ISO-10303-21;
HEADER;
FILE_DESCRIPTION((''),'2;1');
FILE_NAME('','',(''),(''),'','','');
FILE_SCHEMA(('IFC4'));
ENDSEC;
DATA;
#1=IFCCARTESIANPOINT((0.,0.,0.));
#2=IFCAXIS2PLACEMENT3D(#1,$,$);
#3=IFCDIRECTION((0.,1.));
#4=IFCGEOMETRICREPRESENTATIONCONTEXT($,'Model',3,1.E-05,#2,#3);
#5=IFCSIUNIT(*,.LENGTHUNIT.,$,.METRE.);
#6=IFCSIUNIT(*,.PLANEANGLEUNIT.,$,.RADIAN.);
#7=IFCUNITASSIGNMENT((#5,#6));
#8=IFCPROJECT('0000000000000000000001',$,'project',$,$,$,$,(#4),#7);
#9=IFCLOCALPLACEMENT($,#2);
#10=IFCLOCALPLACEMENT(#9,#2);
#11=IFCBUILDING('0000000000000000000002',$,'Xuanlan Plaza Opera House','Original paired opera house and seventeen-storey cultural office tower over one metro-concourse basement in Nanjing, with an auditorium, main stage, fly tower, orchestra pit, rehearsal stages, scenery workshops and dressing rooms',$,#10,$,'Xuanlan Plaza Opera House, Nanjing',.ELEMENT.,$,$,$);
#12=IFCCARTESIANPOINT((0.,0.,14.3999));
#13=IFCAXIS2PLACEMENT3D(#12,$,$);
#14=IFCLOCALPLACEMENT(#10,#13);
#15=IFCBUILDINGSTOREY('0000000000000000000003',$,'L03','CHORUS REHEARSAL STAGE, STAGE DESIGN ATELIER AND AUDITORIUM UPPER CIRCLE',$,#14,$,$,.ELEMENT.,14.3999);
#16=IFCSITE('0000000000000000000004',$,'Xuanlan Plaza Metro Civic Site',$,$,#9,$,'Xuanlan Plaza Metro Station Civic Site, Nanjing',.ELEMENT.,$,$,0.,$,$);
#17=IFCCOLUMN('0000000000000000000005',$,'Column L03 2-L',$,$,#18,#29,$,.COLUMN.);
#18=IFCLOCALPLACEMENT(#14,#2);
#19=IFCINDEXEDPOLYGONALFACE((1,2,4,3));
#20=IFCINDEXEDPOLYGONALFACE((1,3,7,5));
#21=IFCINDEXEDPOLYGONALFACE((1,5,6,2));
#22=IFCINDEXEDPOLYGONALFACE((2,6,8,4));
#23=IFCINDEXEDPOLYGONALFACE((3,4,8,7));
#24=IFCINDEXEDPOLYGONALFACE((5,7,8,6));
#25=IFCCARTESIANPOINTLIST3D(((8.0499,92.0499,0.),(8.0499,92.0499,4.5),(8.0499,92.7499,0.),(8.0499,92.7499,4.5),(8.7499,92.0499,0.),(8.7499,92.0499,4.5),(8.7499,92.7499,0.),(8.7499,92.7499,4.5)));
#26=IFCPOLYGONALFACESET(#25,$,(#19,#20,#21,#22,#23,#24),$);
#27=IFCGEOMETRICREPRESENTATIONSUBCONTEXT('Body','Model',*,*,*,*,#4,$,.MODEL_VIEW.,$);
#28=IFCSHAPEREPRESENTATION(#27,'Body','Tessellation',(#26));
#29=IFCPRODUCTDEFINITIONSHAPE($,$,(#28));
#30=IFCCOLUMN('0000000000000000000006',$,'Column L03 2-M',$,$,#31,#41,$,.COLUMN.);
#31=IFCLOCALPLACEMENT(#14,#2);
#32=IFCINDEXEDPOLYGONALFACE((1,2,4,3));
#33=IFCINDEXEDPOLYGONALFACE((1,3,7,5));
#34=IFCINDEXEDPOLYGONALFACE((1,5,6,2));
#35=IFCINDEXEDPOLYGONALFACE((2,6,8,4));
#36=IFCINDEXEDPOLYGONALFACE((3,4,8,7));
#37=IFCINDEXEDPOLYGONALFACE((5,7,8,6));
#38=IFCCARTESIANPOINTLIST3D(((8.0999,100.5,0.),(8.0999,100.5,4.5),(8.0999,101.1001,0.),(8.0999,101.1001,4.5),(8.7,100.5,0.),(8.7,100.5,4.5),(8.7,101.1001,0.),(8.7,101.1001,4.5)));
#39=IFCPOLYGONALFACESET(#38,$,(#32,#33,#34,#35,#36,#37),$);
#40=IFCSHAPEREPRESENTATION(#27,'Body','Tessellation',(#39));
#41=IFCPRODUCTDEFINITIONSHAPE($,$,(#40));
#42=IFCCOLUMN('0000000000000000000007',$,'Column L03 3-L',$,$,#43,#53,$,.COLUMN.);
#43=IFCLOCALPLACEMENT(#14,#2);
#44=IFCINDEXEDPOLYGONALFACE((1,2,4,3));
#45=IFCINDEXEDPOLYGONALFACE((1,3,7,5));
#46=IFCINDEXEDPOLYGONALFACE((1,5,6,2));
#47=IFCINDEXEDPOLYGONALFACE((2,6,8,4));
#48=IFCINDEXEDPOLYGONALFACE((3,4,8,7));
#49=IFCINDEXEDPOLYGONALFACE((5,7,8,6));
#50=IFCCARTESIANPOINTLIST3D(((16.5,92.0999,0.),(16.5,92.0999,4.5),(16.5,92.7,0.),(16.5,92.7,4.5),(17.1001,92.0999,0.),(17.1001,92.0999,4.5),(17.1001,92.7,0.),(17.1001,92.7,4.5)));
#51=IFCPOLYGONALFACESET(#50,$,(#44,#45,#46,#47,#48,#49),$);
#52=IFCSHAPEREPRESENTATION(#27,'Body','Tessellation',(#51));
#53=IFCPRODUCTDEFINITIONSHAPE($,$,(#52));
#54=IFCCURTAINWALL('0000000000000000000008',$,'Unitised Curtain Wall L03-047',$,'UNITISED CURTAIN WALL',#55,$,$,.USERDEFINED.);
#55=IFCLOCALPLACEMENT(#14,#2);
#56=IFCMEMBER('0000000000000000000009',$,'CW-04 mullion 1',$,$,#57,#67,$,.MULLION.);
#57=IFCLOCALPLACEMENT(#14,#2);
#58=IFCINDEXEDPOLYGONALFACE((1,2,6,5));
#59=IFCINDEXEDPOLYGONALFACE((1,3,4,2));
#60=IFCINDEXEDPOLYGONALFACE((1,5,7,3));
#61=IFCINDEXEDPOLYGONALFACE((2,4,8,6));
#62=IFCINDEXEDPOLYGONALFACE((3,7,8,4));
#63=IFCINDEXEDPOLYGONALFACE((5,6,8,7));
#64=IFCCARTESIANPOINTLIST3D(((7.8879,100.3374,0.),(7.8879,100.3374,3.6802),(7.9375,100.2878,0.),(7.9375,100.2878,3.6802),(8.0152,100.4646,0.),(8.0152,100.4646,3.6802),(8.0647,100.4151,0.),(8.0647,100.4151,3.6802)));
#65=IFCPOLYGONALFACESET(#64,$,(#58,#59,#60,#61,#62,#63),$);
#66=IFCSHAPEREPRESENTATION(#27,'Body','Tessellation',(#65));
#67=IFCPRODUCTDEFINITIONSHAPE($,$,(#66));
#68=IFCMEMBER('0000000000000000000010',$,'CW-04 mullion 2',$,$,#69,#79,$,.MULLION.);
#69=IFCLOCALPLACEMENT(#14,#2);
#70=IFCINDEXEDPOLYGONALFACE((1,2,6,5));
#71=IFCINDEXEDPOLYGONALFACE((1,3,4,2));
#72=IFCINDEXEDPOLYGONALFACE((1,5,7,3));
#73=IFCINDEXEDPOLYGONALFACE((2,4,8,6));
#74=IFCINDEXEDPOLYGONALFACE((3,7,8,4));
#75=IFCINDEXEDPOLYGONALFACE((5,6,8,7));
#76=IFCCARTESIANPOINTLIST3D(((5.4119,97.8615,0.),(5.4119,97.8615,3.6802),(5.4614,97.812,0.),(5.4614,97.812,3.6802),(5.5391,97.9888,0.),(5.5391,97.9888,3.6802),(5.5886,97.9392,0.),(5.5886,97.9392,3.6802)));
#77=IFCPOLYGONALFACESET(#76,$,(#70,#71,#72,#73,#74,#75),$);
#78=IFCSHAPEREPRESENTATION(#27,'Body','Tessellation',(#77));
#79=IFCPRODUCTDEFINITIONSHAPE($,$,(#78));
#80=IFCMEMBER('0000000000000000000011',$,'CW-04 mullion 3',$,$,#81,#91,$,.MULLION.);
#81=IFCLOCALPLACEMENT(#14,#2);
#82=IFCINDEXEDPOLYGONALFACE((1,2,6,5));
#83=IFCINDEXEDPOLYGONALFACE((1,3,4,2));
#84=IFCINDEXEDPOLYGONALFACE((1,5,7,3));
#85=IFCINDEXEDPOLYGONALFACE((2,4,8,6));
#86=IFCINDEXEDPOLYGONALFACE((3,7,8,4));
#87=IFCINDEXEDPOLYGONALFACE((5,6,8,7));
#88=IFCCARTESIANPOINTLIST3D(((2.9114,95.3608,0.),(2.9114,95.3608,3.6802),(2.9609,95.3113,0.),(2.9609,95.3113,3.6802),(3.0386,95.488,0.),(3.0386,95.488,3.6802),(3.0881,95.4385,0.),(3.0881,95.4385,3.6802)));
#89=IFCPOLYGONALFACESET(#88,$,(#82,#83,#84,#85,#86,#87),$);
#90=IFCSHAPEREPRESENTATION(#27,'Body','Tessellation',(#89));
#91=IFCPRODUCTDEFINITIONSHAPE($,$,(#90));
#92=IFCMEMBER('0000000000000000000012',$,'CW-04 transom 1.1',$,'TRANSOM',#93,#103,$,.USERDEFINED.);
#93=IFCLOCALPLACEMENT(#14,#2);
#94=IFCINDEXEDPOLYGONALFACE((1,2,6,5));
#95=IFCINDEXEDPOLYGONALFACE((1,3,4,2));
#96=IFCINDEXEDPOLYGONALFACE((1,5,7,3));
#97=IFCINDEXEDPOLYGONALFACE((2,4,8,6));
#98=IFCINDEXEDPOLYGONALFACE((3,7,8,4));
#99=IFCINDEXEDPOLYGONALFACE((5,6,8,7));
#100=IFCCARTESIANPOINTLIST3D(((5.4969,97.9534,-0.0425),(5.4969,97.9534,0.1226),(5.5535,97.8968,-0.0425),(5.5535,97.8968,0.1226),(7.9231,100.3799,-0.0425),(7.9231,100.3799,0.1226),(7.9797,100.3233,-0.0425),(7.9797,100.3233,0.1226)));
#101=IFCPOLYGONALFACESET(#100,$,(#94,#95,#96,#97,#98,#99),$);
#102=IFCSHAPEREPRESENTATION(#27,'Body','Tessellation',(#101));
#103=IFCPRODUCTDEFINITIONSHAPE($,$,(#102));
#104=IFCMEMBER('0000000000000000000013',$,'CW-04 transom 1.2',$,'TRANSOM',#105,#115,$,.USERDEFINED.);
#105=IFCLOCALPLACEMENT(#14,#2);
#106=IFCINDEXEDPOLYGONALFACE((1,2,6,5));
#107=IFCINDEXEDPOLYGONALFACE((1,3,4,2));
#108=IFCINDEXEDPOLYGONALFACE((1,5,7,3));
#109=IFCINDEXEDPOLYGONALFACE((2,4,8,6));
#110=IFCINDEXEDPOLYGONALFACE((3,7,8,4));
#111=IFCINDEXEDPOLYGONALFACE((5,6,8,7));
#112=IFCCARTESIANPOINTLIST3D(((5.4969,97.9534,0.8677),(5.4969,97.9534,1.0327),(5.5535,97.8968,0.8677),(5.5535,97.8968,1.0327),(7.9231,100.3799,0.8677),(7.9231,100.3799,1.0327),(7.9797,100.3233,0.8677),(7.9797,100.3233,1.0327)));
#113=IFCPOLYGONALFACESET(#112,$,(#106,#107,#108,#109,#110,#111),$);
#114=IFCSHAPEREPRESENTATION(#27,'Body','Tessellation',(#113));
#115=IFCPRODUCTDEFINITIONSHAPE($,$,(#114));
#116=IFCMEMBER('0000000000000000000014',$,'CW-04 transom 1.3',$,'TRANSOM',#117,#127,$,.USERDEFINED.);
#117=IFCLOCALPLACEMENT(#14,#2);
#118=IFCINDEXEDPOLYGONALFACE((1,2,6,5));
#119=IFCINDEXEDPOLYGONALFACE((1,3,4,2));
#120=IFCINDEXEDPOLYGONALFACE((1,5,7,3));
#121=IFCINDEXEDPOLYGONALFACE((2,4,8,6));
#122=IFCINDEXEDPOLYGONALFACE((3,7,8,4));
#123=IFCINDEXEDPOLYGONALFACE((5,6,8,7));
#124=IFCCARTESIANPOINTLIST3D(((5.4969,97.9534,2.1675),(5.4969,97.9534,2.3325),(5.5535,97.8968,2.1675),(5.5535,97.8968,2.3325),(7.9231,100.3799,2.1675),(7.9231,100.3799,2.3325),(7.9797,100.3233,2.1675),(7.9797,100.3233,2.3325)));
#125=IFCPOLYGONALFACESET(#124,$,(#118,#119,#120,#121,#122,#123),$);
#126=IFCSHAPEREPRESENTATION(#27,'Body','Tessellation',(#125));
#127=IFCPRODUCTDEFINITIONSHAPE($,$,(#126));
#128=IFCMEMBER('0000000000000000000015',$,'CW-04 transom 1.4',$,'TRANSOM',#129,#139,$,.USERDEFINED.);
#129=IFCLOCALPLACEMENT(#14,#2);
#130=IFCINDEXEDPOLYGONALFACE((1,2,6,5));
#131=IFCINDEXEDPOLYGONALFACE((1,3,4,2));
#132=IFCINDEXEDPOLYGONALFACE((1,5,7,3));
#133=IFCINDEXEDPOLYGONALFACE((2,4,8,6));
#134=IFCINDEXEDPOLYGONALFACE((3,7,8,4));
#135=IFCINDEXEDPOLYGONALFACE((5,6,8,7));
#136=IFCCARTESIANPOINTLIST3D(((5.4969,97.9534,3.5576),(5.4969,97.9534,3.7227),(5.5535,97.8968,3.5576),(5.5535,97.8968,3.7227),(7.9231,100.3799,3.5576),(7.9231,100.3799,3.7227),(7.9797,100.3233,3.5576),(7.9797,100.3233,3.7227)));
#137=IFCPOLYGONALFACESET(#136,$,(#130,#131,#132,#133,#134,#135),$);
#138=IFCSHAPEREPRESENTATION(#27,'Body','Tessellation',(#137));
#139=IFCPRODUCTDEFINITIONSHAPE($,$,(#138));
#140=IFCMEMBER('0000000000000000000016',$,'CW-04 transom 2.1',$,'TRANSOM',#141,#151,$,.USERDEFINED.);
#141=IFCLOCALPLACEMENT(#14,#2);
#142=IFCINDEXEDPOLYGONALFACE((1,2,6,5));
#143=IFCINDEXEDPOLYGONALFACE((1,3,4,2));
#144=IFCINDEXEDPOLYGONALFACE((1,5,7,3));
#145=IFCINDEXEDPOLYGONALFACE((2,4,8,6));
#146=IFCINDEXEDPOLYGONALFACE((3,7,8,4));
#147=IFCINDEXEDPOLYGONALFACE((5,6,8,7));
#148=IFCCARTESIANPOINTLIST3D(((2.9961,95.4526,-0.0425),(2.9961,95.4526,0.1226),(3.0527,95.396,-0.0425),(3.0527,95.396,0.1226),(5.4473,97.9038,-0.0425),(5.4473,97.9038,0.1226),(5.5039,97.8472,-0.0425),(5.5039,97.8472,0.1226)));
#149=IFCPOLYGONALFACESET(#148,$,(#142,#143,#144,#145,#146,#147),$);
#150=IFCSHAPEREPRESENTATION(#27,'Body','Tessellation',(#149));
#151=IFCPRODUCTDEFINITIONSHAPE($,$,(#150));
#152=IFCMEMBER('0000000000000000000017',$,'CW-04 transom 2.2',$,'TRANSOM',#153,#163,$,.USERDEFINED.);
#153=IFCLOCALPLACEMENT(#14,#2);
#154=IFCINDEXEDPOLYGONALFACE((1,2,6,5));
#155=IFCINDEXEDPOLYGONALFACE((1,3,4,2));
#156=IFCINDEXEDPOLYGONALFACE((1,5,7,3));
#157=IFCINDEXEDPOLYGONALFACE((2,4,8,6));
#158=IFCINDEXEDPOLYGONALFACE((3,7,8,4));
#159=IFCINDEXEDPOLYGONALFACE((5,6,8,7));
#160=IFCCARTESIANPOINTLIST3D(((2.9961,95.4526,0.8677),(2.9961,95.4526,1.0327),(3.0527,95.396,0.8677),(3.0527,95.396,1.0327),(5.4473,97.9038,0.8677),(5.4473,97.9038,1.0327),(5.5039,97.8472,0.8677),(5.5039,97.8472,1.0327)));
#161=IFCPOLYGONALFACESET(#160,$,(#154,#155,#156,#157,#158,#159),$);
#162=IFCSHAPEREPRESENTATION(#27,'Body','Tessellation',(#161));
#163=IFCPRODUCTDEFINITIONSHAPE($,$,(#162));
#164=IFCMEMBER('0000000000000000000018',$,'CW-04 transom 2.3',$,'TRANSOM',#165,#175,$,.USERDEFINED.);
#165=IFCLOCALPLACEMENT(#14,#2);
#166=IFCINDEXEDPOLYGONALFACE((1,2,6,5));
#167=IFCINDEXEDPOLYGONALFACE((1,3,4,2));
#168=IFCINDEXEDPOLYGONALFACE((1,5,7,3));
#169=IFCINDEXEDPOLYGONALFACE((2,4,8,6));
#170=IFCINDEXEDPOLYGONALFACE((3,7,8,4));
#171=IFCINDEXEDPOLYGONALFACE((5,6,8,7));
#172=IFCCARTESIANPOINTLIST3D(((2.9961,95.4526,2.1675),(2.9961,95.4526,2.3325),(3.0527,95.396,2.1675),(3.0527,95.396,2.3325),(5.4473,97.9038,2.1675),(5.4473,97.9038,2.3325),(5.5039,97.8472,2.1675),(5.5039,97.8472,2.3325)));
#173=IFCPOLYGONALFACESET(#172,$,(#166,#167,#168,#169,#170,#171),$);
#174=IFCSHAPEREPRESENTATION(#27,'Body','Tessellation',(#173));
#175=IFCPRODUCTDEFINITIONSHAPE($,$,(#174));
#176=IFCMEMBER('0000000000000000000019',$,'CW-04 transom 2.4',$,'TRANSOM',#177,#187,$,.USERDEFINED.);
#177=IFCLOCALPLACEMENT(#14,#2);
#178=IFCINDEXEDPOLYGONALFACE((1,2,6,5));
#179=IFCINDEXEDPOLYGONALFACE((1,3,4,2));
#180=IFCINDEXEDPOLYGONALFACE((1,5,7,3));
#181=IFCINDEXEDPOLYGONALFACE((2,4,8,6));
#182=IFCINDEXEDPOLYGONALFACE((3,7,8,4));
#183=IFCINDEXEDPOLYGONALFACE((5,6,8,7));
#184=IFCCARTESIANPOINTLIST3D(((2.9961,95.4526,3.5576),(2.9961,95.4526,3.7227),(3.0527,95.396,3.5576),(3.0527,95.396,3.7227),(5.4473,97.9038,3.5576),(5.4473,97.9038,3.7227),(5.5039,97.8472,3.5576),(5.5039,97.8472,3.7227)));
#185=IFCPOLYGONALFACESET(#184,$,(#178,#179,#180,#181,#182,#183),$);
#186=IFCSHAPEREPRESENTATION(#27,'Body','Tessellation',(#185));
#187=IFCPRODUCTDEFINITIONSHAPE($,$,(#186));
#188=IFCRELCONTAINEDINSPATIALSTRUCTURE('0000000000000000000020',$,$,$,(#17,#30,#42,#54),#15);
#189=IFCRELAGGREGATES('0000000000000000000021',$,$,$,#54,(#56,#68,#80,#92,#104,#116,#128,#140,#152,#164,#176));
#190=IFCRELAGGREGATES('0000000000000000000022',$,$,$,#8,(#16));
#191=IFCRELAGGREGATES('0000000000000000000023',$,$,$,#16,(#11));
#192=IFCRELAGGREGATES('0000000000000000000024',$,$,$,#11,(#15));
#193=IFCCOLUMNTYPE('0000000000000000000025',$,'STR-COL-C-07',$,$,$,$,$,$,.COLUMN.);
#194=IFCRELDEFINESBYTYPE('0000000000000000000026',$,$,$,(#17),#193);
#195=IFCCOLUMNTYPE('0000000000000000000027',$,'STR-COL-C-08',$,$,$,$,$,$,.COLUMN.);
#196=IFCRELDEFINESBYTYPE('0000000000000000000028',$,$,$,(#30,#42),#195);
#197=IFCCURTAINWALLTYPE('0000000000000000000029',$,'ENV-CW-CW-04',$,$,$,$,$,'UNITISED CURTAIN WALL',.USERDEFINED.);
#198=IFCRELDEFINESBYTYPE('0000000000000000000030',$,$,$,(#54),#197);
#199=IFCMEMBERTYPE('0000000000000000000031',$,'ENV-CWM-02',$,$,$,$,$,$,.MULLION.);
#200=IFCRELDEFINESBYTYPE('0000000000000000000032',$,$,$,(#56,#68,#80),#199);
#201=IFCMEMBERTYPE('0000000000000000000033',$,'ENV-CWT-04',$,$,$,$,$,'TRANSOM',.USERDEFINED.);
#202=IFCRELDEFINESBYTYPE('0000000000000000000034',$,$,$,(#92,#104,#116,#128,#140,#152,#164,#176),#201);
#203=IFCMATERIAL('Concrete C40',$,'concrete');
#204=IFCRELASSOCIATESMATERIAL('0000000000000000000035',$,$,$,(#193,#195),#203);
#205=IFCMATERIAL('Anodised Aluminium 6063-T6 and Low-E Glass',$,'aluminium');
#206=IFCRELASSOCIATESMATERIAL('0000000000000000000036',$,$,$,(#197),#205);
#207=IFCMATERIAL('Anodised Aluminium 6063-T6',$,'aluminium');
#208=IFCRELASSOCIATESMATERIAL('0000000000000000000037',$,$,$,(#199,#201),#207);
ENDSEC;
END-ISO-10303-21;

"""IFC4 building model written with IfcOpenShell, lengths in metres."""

from ifc_helpers import new_model, si_unit, direction, frame, origin, origin_2d, place, context, subcontext, project, spatial, rectangle, extrude, material, material_profile, profile_set, type_object, element, aggregate, save


model = new_model("IFC4")

# Units and contexts
model_context = context("Model", 3, precision=1e-05, world=origin(), true_north=direction((0.0, 1.0)))
body_context = subcontext(model_context, "Body", "Model", "MODEL_VIEW")
ifc_project = project(units=[si_unit("LENGTHUNIT", "METRE"), si_unit("PLANEANGLEUNIT", "RADIAN")], contexts=[model_context])

# Site, building, storey
site_placement = place(None, origin())
site = spatial("IfcSite", under=ifc_project, at=site_placement, Name="Xuanlan Plaza Metro Civic Site", LongName="Xuanlan Plaza Metro Station Civic Site, Nanjing", CompositionType="ELEMENT", RefElevation=0.0)
building_placement = place(site_placement, origin())
building = spatial("IfcBuilding", under=site, at=building_placement, Name="Xuanlan Plaza Opera House", Description="Original paired opera house and seventeen-storey cultural office tower over one metro-concourse basement in Nanjing, with an auditorium, main stage, fly tower, orchestra pit, rehearsal stages, scenery workshops and dressing rooms", LongName="Xuanlan Plaza Opera House, Nanjing", CompositionType="ELEMENT")
storey_placement = place(building_placement, frame((0.0, 0.0, 14.3999)))
storey = spatial("IfcBuildingStorey", under=building, at=storey_placement, Name="L03", Description="CHORUS REHEARSAL STAGE, STAGE DESIGN ATELIER AND AUDITORIUM UPPER CIRCLE", CompositionType="ELEMENT", Elevation=14.3999)

# Columns
ifc_material_1 = material(Name="Concrete C40", Category="concrete")
ifc_material_profile_1 = material_profile(ifc_material_1, rectangle(XDim=0.7, YDim=0.7, at=origin_2d()), Name="RC-COL 700x700")
ifc_profile_set_1 = profile_set([ifc_material_profile_1], Name="Concrete C40")
column_type_1 = type_object("IfcColumnType", Name="STR-COL-C-07", PredefinedType="COLUMN", material=ifc_profile_set_1)
column_placement = place(storey_placement, frame((8.3999, 92.3999, 0.0), z_axis=(0.0, 0.0, 1.0), x_axis=(1.0, 0.0, 0.0)))
element("IfcColumn", 1, at=column_placement, inside=storey, type_object=column_type_1, Name="Column L03 2-L", PredefinedType="COLUMN", context=body_context, shape_type="SweptSolid", body=[
    extrude(rectangle(XDim=0.7, YDim=0.7, at=origin_2d()), origin(), (0.0, 0.0, 1.0), 4.5),
])
ifc_material_profile_2 = material_profile(ifc_material_1, rectangle(XDim=0.6001, YDim=0.6001, at=origin_2d()), Name="RC-COL 600x600")
ifc_profile_set_2 = profile_set([ifc_material_profile_2], Name="Concrete C40")
column_type_2 = type_object("IfcColumnType", Name="STR-COL-C-08", PredefinedType="COLUMN", material=ifc_profile_set_2)
for number, where, z_axis, x_axis, name in (
    (2, (8.3999, 100.8, 0.0), (0.0, 0.0, 1.0), (1.0, 0.0, 0.0), "Column L03 2-M"),
    (3, (16.8, 92.3999, 0.0), (0.0, 0.0, 1.0), (1.0, 0.0, 0.0), "Column L03 3-L"),
):
    element("IfcColumn", number, at=place(storey_placement, frame(where, z_axis=z_axis, x_axis=x_axis)), inside=storey, type_object=column_type_2, Name=name, PredefinedType="COLUMN", context=body_context, shape_type="SweptSolid", body=[
        extrude(rectangle(XDim=0.6001, YDim=0.6001, at=origin_2d()), origin(), (0.0, 0.0, 1.0), 4.5),
    ])

# Curtain wall, members
ifc_material_2 = material(Name="Anodised Aluminium 6063-T6 and Low-E Glass", Category="aluminium")
curtain_wall_type = type_object("IfcCurtainWallType", Name="ENV-CW-CW-04", ElementType="UNITISED CURTAIN WALL", PredefinedType="USERDEFINED", material=ifc_material_2)
curtain_wall_placement = place(storey_placement, origin())
curtain_wall = element("IfcCurtainWall", 4, at=curtain_wall_placement, inside=storey, type_object=curtain_wall_type, Name="Unitised Curtain Wall L03-047", ObjectType="UNITISED CURTAIN WALL", PredefinedType="USERDEFINED")
ifc_material_3 = material(Name="Anodised Aluminium 6063-T6", Category="aluminium")
ifc_material_profile_3 = material_profile(ifc_material_3, rectangle(XDim=0.0701, YDim=0.1799, at=origin_2d()), Name="ALU-M 70x180")
ifc_profile_set_3 = profile_set([ifc_material_profile_3], Name="Anodised Aluminium 6063-T6")
member_type_1 = type_object("IfcMemberType", Name="ENV-CWM-02", PredefinedType="MULLION", material=ifc_profile_set_3)
member_1_placement = place(storey_placement, frame((7.9763, 100.3762, 0.0), z_axis=(0.0, 0.0, 1.0), x_axis=(0.707107, -0.707107, 0.0)))
member_1 = element("IfcMember", 5, at=member_1_placement, type_object=member_type_1, Name="CW-04 mullion 1", PredefinedType="MULLION", context=body_context, shape_type="SweptSolid", body=[
    extrude(rectangle(XDim=0.0701, YDim=0.1799, at=origin_2d()), origin(), (0.0, 0.0, 1.0), 3.6802),
])
member_2_placement = place(storey_placement, frame((5.5002, 97.9004, 0.0), z_axis=(0.0, 0.0, 1.0), x_axis=(0.707107, -0.707107, 0.0)))
member_2 = element("IfcMember", 6, at=member_2_placement, type_object=member_type_1, Name="CW-04 mullion 2", PredefinedType="MULLION", context=body_context, shape_type="SweptSolid", body=[
    extrude(rectangle(XDim=0.0701, YDim=0.1799, at=origin_2d()), origin(), (0.0, 0.0, 1.0), 3.6802),
])
member_3_placement = place(storey_placement, frame((2.9998, 95.3997, 0.0), z_axis=(0.0, 0.0, 1.0), x_axis=(0.707107, -0.707107, 0.0)))
member_3 = element("IfcMember", 7, at=member_3_placement, type_object=member_type_1, Name="CW-04 mullion 3", PredefinedType="MULLION", context=body_context, shape_type="SweptSolid", body=[
    extrude(rectangle(XDim=0.0701, YDim=0.1799, at=origin_2d()), origin(), (0.0, 0.0, 1.0), 3.6802),
])
ifc_material_profile_4 = material_profile(ifc_material_3, rectangle(XDim=0.0801, YDim=0.165, at=origin_2d()), Name="ALU-T 80x165")
ifc_profile_set_4 = profile_set([ifc_material_profile_4], Name="Anodised Aluminium 6063-T6")
member_type_2 = type_object("IfcMemberType", Name="ENV-CWT-04", ElementType="TRANSOM", PredefinedType="USERDEFINED", material=ifc_profile_set_4)
member_4_placement = place(storey_placement, frame((7.9514, 100.3516, 0.04), z_axis=(-0.707071, -0.707142, 0.0), x_axis=(0.707142, -0.707071, 0.0)))
member_4 = element("IfcMember", 8, at=member_4_placement, type_object=member_type_2, Name="CW-04 transom 1.1", ObjectType="TRANSOM", PredefinedType="USERDEFINED", context=body_context, shape_type="SweptSolid", body=[
    extrude(rectangle(XDim=0.0801, YDim=0.165, at=origin_2d()), origin(), (0.0, 0.0, 1.0), 3.4314),
])
member_5_placement = place(storey_placement, frame((7.9514, 100.3516, 0.9502), z_axis=(-0.707071, -0.707142, 0.0), x_axis=(0.707142, -0.707071, 0.0)))
member_5 = element("IfcMember", 9, at=member_5_placement, type_object=member_type_2, Name="CW-04 transom 1.2", ObjectType="TRANSOM", PredefinedType="USERDEFINED", context=body_context, shape_type="SweptSolid", body=[
    extrude(rectangle(XDim=0.0801, YDim=0.165, at=origin_2d()), origin(), (0.0, 0.0, 1.0), 3.4314),
])
member_6_placement = place(storey_placement, frame((7.9514, 100.3516, 2.25), z_axis=(-0.707071, -0.707142, 0.0), x_axis=(0.707142, -0.707071, 0.0)))
member_6 = element("IfcMember", 10, at=member_6_placement, type_object=member_type_2, Name="CW-04 transom 1.3", ObjectType="TRANSOM", PredefinedType="USERDEFINED", context=body_context, shape_type="SweptSolid", body=[
    extrude(rectangle(XDim=0.0801, YDim=0.165, at=origin_2d()), origin(), (0.0, 0.0, 1.0), 3.4314),
])
member_7_placement = place(storey_placement, frame((7.9514, 100.3516, 3.6401), z_axis=(-0.707071, -0.707142, 0.0), x_axis=(0.707142, -0.707071, 0.0)))
member_7 = element("IfcMember", 11, at=member_7_placement, type_object=member_type_2, Name="CW-04 transom 1.4", ObjectType="TRANSOM", PredefinedType="USERDEFINED", context=body_context, shape_type="SweptSolid", body=[
    extrude(rectangle(XDim=0.0801, YDim=0.165, at=origin_2d()), origin(), (0.0, 0.0, 1.0), 3.4314),
])
member_8_placement = place(storey_placement, frame((5.4756, 97.8755, 0.04), z_axis=(-0.707107, -0.707107, 0.0), x_axis=(0.707107, -0.707107, 0.0)))
member_8 = element("IfcMember", 12, at=member_8_placement, type_object=member_type_2, Name="CW-04 transom 2.1", ObjectType="TRANSOM", PredefinedType="USERDEFINED", context=body_context, shape_type="SweptSolid", body=[
    extrude(rectangle(XDim=0.0801, YDim=0.165, at=origin_2d()), origin(), (0.0, 0.0, 1.0), 3.4666),
])
member_9_placement = place(storey_placement, frame((5.4756, 97.8755, 0.9502), z_axis=(-0.707107, -0.707107, 0.0), x_axis=(0.707107, -0.707107, 0.0)))
member_9 = element("IfcMember", 13, at=member_9_placement, type_object=member_type_2, Name="CW-04 transom 2.2", ObjectType="TRANSOM", PredefinedType="USERDEFINED", context=body_context, shape_type="SweptSolid", body=[
    extrude(rectangle(XDim=0.0801, YDim=0.165, at=origin_2d()), origin(), (0.0, 0.0, 1.0), 3.4666),
])
member_10_placement = place(storey_placement, frame((5.4756, 97.8755, 2.25), z_axis=(-0.707107, -0.707107, 0.0), x_axis=(0.707107, -0.707107, 0.0)))
member_10 = element("IfcMember", 14, at=member_10_placement, type_object=member_type_2, Name="CW-04 transom 2.3", ObjectType="TRANSOM", PredefinedType="USERDEFINED", context=body_context, shape_type="SweptSolid", body=[
    extrude(rectangle(XDim=0.0801, YDim=0.165, at=origin_2d()), origin(), (0.0, 0.0, 1.0), 3.4666),
])
member_11_placement = place(storey_placement, frame((5.4756, 97.8755, 3.6401), z_axis=(-0.707107, -0.707107, 0.0), x_axis=(0.707107, -0.707107, 0.0)))
member_11 = element("IfcMember", 15, at=member_11_placement, type_object=member_type_2, Name="CW-04 transom 2.4", ObjectType="TRANSOM", PredefinedType="USERDEFINED", context=body_context, shape_type="SweptSolid", body=[
    extrude(rectangle(XDim=0.0801, YDim=0.165, at=origin_2d()), origin(), (0.0, 0.0, 1.0), 3.4666),
])

aggregate(curtain_wall, [member_1, member_2, member_3, member_4, member_5, member_6, member_7, member_8, member_9, member_10, member_11])

save(model, "model.ifc")
